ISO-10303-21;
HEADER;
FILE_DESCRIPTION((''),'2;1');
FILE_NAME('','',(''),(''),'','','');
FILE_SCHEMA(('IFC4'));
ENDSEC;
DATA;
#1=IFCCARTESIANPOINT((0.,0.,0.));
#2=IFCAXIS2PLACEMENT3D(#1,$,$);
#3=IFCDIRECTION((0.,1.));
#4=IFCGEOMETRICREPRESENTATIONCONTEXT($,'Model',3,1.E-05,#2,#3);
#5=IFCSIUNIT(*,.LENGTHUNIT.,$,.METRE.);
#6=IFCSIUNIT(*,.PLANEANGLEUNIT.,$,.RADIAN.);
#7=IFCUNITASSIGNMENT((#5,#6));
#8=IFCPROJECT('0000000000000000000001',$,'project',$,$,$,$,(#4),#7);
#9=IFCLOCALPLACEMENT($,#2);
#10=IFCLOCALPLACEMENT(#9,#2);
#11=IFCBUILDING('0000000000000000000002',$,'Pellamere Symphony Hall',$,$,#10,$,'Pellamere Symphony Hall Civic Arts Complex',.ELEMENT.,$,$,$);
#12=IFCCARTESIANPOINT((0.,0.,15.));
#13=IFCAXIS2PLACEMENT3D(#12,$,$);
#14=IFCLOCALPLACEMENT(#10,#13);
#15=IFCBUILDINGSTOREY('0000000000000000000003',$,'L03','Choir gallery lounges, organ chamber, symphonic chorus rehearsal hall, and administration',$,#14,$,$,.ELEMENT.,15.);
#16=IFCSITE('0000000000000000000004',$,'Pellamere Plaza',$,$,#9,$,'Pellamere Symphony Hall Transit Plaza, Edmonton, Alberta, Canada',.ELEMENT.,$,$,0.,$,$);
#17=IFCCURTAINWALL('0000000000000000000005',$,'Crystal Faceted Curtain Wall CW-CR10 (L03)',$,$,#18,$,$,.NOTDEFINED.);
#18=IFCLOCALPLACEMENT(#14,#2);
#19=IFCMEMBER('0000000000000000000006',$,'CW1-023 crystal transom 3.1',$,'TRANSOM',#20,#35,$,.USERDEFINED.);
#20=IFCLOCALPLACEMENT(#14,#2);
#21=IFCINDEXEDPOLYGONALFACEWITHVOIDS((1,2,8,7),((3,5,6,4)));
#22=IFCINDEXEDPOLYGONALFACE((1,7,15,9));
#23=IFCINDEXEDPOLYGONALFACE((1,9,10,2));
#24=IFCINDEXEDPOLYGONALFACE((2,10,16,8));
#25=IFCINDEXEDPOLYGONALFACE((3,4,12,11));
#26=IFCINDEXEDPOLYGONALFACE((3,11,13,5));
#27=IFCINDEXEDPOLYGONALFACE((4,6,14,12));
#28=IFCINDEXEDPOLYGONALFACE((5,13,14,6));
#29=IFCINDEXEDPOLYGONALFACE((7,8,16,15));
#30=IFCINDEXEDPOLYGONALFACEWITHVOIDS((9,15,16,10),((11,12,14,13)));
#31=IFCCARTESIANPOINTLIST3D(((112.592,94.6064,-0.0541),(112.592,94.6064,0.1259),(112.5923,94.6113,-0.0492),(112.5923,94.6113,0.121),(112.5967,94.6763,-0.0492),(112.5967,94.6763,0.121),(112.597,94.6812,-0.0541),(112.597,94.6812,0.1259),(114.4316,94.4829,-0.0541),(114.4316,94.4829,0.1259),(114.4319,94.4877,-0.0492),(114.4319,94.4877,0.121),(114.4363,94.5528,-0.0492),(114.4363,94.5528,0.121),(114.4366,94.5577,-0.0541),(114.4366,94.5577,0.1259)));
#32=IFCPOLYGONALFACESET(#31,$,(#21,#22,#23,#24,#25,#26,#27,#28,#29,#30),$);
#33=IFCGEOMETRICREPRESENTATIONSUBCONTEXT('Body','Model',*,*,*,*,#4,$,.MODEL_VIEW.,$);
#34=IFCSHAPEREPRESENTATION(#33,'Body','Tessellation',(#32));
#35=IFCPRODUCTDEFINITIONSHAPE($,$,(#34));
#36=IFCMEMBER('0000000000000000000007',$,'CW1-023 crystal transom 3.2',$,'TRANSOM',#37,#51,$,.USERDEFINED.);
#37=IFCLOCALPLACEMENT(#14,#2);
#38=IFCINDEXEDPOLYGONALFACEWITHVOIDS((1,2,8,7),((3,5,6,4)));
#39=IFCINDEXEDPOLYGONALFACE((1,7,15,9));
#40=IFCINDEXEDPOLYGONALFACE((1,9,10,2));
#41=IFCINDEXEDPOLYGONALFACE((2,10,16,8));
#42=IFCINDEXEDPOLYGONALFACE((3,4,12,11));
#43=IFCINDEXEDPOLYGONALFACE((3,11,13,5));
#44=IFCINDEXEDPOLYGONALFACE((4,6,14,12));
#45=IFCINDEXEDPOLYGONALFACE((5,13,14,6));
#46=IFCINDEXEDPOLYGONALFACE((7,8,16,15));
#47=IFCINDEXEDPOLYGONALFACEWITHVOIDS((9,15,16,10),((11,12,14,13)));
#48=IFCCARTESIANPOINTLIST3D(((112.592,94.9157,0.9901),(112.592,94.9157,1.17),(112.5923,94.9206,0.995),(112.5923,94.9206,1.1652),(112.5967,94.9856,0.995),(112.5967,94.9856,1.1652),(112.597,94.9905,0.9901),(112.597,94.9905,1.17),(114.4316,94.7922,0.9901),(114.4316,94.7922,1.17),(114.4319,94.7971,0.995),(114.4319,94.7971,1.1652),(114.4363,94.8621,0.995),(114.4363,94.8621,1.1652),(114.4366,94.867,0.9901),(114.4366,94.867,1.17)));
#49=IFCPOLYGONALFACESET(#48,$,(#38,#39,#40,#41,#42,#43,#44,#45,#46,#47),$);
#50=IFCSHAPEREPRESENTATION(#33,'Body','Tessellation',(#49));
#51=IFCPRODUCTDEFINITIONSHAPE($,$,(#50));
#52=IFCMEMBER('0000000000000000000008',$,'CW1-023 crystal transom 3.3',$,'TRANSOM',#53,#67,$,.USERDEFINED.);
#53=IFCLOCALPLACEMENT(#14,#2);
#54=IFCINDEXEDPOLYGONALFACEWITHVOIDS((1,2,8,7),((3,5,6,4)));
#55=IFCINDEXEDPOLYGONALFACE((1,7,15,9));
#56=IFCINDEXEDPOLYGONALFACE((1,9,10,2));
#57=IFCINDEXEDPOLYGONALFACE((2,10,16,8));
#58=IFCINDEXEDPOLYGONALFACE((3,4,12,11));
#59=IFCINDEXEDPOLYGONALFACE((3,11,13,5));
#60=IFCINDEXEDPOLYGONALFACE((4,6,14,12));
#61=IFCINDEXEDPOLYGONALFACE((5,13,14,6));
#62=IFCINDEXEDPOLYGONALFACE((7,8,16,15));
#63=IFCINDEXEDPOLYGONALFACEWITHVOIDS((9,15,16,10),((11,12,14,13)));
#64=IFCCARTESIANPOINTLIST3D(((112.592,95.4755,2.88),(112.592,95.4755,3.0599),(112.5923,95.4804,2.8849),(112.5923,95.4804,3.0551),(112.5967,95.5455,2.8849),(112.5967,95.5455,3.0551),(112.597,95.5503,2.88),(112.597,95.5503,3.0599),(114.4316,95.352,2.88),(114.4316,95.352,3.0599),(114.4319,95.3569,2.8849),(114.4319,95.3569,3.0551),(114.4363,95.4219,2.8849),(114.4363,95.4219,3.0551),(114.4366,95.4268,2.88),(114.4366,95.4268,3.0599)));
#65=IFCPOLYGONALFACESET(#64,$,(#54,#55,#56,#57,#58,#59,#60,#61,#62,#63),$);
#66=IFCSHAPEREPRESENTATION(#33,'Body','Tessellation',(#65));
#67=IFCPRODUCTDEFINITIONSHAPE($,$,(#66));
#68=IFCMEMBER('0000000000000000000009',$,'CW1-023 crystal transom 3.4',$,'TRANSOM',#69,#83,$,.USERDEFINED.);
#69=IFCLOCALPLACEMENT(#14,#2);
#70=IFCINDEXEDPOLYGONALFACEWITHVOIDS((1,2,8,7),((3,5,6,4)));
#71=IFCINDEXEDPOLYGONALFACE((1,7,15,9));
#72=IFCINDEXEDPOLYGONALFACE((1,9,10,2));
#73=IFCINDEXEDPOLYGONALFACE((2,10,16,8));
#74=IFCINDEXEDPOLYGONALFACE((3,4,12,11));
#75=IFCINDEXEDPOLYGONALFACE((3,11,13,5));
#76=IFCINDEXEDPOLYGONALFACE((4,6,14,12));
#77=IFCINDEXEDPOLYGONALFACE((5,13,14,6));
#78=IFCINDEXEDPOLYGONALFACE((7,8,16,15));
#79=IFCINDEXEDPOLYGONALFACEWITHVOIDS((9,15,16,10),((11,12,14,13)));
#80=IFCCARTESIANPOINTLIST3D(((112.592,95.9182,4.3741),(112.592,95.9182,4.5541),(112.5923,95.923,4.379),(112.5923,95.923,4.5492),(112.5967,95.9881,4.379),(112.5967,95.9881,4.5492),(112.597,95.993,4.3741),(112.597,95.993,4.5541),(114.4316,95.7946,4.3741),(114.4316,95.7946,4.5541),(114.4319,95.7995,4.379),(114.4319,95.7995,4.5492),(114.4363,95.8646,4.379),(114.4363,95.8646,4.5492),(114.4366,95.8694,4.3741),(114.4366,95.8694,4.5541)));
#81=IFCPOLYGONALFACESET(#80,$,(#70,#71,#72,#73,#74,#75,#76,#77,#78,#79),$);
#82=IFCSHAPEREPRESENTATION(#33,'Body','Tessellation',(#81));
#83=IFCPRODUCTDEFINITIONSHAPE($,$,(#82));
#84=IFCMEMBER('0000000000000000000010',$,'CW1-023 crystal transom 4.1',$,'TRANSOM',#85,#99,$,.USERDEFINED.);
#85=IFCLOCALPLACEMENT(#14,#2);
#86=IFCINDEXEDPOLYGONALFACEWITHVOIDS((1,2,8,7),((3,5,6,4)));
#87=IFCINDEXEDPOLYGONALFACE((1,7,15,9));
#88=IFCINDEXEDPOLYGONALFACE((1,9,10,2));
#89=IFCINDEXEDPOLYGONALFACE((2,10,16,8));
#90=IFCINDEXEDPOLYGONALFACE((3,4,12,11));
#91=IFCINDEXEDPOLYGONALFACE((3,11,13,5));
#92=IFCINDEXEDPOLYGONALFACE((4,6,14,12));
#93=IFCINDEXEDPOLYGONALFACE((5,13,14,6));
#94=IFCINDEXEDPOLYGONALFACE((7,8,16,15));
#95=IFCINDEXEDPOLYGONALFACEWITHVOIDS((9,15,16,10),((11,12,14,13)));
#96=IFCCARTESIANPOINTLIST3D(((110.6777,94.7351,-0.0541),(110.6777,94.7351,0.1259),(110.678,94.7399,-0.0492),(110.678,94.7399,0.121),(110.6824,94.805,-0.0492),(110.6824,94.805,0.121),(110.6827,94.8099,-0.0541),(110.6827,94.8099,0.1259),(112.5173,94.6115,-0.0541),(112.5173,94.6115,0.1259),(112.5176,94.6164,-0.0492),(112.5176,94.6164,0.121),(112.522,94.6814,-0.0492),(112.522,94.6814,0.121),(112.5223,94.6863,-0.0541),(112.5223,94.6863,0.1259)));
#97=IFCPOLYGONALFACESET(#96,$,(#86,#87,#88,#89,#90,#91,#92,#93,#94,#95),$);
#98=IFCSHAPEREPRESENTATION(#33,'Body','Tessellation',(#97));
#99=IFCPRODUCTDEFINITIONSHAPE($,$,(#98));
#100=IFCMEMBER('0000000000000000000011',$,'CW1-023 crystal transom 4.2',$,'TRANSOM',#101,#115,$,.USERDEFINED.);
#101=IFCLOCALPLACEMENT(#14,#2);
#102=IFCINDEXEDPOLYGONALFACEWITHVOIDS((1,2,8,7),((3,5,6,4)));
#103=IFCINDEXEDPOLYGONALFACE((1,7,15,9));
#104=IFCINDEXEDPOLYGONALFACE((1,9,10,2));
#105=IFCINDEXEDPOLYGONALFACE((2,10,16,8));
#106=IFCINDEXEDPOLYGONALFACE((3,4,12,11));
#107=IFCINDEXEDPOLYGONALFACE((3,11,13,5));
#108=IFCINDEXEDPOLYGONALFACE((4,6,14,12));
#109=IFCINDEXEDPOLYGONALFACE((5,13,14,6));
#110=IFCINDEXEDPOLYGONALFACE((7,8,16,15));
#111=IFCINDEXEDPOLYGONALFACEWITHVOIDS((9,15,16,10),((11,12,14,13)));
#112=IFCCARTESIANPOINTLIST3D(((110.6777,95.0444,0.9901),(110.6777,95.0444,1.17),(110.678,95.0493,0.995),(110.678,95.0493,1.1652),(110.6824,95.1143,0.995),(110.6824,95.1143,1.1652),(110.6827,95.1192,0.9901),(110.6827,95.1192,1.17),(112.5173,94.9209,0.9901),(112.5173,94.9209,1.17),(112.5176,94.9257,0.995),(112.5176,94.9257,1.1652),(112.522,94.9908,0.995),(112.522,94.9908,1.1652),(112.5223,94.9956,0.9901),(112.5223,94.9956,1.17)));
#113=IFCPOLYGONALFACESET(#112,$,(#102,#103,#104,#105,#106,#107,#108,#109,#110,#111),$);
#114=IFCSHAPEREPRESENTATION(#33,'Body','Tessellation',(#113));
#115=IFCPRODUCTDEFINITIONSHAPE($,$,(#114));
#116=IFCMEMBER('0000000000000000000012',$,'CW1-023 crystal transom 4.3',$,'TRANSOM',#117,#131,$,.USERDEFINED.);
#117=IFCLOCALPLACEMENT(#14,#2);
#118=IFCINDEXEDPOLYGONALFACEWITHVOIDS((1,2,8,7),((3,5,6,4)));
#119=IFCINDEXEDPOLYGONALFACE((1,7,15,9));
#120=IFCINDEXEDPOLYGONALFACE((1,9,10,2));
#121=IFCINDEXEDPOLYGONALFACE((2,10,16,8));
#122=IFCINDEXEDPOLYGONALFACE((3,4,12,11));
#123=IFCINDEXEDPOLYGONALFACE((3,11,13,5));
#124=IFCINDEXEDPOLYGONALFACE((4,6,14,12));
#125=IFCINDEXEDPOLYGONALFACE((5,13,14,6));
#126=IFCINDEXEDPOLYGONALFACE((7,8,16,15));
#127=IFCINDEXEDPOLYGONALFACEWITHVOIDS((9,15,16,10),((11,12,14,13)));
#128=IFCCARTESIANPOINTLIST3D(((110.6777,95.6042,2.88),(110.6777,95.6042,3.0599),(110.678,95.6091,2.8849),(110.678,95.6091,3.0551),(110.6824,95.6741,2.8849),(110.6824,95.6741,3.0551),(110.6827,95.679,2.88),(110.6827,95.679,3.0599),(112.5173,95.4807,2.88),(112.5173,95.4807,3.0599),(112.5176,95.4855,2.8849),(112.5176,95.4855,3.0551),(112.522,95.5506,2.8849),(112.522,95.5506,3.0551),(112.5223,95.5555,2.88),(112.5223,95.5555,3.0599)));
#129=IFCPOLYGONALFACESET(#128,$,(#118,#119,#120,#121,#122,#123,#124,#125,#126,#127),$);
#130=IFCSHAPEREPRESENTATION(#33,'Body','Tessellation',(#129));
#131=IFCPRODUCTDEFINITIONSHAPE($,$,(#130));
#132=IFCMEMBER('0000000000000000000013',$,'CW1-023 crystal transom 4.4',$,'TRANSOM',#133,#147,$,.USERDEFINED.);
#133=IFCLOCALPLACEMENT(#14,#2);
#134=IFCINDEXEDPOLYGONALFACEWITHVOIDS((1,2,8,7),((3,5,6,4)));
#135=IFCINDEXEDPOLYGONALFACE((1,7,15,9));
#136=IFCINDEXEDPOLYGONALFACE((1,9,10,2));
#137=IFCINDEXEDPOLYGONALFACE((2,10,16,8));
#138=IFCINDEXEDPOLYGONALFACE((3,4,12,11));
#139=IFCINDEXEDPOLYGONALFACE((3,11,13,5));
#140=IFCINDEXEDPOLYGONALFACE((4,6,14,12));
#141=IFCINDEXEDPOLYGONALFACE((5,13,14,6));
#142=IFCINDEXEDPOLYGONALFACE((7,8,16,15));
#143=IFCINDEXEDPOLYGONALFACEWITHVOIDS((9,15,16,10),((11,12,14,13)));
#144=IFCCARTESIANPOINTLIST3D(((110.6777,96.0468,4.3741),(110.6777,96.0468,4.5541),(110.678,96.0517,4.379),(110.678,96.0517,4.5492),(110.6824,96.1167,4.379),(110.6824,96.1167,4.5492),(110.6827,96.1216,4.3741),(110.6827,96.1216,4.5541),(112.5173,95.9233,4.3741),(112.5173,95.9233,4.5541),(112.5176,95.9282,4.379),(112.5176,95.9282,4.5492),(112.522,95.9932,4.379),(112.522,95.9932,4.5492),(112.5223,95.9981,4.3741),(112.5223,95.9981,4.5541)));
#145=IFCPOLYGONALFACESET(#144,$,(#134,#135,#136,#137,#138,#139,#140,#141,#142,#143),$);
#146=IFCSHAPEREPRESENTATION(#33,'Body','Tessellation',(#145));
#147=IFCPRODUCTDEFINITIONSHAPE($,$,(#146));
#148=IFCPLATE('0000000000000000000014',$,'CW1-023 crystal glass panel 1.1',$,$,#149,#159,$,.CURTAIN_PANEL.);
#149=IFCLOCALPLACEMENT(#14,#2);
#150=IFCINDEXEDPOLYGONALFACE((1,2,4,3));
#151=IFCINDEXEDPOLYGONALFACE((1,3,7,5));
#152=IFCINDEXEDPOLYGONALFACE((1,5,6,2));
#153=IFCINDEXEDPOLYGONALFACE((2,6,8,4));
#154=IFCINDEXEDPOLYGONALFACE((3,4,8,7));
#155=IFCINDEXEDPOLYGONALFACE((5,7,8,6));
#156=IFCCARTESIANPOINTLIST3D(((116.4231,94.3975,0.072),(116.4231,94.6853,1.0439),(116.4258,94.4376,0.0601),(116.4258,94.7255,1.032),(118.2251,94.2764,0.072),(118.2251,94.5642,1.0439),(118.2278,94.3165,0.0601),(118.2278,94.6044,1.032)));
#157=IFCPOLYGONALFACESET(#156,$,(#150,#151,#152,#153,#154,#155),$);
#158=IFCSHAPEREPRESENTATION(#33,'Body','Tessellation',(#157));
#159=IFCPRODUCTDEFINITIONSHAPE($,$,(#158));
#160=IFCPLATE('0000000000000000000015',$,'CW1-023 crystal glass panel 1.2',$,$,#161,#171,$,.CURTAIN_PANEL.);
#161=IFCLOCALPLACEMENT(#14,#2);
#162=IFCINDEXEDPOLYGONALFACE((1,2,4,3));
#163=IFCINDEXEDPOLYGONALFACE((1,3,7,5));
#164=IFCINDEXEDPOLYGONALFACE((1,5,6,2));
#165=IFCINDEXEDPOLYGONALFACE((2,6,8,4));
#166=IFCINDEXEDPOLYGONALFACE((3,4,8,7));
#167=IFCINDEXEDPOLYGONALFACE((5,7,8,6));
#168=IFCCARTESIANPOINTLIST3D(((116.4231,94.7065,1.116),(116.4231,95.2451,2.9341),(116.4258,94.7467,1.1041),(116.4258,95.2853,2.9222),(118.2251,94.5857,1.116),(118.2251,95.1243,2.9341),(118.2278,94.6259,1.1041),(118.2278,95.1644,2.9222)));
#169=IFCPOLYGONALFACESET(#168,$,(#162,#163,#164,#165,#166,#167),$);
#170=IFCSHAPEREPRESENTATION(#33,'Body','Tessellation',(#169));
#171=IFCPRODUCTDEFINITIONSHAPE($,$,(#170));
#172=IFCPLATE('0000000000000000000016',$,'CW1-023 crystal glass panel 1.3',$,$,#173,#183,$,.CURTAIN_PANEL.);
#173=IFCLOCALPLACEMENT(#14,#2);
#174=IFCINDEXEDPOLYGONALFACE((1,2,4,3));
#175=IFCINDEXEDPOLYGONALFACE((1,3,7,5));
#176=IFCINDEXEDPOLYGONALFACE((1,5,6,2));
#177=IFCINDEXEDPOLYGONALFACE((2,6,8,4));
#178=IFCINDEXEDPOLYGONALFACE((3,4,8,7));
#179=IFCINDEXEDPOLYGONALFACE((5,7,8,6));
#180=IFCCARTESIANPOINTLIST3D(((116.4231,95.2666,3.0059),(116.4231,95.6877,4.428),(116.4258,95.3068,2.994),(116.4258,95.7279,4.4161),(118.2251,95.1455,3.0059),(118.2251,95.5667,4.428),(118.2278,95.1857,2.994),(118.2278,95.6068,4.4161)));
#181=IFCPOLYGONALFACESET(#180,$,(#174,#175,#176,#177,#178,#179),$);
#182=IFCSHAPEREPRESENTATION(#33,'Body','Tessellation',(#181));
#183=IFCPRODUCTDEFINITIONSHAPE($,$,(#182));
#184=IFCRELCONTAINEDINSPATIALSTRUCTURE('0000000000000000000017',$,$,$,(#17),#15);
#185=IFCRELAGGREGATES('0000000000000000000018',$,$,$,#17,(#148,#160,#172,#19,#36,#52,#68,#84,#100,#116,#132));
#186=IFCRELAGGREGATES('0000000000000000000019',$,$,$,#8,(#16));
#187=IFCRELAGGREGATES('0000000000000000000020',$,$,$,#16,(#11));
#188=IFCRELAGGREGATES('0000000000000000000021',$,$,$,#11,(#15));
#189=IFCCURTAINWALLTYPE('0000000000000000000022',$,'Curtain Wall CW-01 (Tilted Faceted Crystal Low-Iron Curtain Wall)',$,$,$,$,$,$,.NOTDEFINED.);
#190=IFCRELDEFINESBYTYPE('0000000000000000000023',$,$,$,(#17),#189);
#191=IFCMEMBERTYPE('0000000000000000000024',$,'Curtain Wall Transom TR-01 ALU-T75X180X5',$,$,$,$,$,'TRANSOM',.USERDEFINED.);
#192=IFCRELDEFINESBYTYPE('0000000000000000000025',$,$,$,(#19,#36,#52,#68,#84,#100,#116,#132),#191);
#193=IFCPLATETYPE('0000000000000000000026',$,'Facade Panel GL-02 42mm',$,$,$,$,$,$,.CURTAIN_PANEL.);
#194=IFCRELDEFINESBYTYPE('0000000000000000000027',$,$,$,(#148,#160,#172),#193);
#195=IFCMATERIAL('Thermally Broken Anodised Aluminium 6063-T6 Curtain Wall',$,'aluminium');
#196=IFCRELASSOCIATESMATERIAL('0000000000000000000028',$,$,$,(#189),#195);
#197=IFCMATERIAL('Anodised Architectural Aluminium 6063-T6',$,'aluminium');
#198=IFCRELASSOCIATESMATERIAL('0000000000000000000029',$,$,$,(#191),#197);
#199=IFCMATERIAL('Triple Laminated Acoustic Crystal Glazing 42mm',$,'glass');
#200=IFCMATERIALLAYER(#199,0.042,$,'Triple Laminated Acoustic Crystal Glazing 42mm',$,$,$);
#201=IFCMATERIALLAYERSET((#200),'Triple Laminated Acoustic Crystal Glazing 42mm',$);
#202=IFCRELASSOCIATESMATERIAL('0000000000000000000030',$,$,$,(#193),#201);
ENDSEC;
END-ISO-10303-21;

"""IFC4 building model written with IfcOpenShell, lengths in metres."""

from ifc_helpers import new_model, si_unit, direction, frame, origin, origin_2d, place, context, subcontext, project, spatial, polyline, hollow_rectangle, outline, extrude, material, layer, layer_set, material_profile, profile_set, type_object, element, aggregate, save


model = new_model("IFC4")

# Units and contexts
model_context = context("Model", 3, precision=1e-05, world=origin(), true_north=direction((0.0, 1.0)))
body_context = subcontext(model_context, "Body", "Model", "MODEL_VIEW")
ifc_project = project(units=[si_unit("LENGTHUNIT", "METRE"), si_unit("PLANEANGLEUNIT", "RADIAN")], contexts=[model_context])

# Site, building, storey
site_placement = place(None, origin())
site = spatial("IfcSite", under=ifc_project, at=site_placement, Name="Pellamere Plaza", LongName="Pellamere Symphony Hall Transit Plaza, Edmonton, Alberta, Canada", CompositionType="ELEMENT", RefElevation=0.0)
building_placement = place(site_placement, origin())
building = spatial("IfcBuilding", under=site, at=building_placement, Name="Pellamere Symphony Hall", LongName="Pellamere Symphony Hall Civic Arts Complex", CompositionType="ELEMENT")
storey_placement = place(building_placement, frame((0.0, 0.0, 15.0)))
storey = spatial("IfcBuildingStorey", under=building, at=storey_placement, Name="L03", Description="Choir gallery lounges, organ chamber, symphonic chorus rehearsal hall, and administration", CompositionType="ELEMENT", Elevation=15.0)

# Curtain wall, members, plates
ifc_material_1 = material(Name="Thermally Broken Anodised Aluminium 6063-T6 Curtain Wall", Category="aluminium")
curtain_wall_type = type_object("IfcCurtainWallType", Name="Curtain Wall CW-01 (Tilted Faceted Crystal Low-Iron Curtain Wall)", PredefinedType="NOTDEFINED", material=ifc_material_1)
curtain_wall_placement = place(storey_placement, origin())
curtain_wall = element("IfcCurtainWall", 1, at=curtain_wall_placement, inside=storey, type_object=curtain_wall_type, Name="Crystal Faceted Curtain Wall CW-CR10 (L03)", PredefinedType="NOTDEFINED")
ifc_material_2 = material(Name="Anodised Architectural Aluminium 6063-T6", Category="aluminium")
ifc_material_profile_1 = material_profile(ifc_material_2, hollow_rectangle(XDim=0.075, YDim=0.1799, WallThickness=0.0049, at=origin_2d()), Name="ALU-T75X180X5")
ifc_profile_set_1 = profile_set([ifc_material_profile_1], Name="Anodised Architectural Aluminium 6063-T6")
member_type_1 = type_object("IfcMemberType", Name="Curtain Wall Transom TR-01 ALU-T75X180X5", ElementType="TRANSOM", PredefinedType="USERDEFINED", material=ifc_profile_set_1)
member_1_placement = place(storey_placement, frame((114.4341, 94.5203, 0.0359), z_axis=(-0.997753, 0.067002, 0.0), x_axis=(-0.067002, -0.997753, 0.0)))
member_1 = element("IfcMember", 2, at=member_1_placement, type_object=member_type_1, Name="CW1-023 crystal transom 3.1", ObjectType="TRANSOM", PredefinedType="USERDEFINED", context=body_context, shape_type="SweptSolid", body=[
    extrude(hollow_rectangle(XDim=0.075, YDim=0.1799, WallThickness=0.0049, at=origin_2d()), origin(), (0.0, 0.0, 1.0), 1.8438),
])
member_2_placement = place(storey_placement, frame((114.4341, 94.8296, 1.0801), z_axis=(-0.997753, 0.067002, 0.0), x_axis=(-0.067002, -0.997753, 0.0)))
member_2 = element("IfcMember", 3, at=member_2_placement, type_object=member_type_1, Name="CW1-023 crystal transom 3.2", ObjectType="TRANSOM", PredefinedType="USERDEFINED", context=body_context, shape_type="SweptSolid", body=[
    extrude(hollow_rectangle(XDim=0.075, YDim=0.1799, WallThickness=0.0049, at=origin_2d()), origin(), (0.0, 0.0, 1.0), 1.8438),
])
member_3_placement = place(storey_placement, frame((114.4341, 95.3894, 2.97), z_axis=(-0.997753, 0.067002, 0.0), x_axis=(-0.067002, -0.997753, 0.0)))
member_3 = element("IfcMember", 4, at=member_3_placement, type_object=member_type_1, Name="CW1-023 crystal transom 3.3", ObjectType="TRANSOM", PredefinedType="USERDEFINED", context=body_context, shape_type="SweptSolid", body=[
    extrude(hollow_rectangle(XDim=0.075, YDim=0.1799, WallThickness=0.0049, at=origin_2d()), origin(), (0.0, 0.0, 1.0), 1.8438),
])
member_4_placement = place(storey_placement, frame((114.4341, 95.832, 4.4641), z_axis=(-0.997753, 0.067002, 0.0), x_axis=(-0.067002, -0.997753, 0.0)))
member_4 = element("IfcMember", 5, at=member_4_placement, type_object=member_type_1, Name="CW1-023 crystal transom 3.4", ObjectType="TRANSOM", PredefinedType="USERDEFINED", context=body_context, shape_type="SweptSolid", body=[
    extrude(hollow_rectangle(XDim=0.075, YDim=0.1799, WallThickness=0.0049, at=origin_2d()), origin(), (0.0, 0.0, 1.0), 1.8438),
])
member_5_placement = place(storey_placement, frame((112.5198, 94.6489, 0.0359), z_axis=(-0.997753, 0.067002, 0.0), x_axis=(-0.067002, -0.997753, 0.0)))
member_5 = element("IfcMember", 6, at=member_5_placement, type_object=member_type_1, Name="CW1-023 crystal transom 4.1", ObjectType="TRANSOM", PredefinedType="USERDEFINED", context=body_context, shape_type="SweptSolid", body=[
    extrude(hollow_rectangle(XDim=0.075, YDim=0.1799, WallThickness=0.0049, at=origin_2d()), origin(), (0.0, 0.0, 1.0), 1.8438),
])
member_6_placement = place(storey_placement, frame((112.5198, 94.9583, 1.0801), z_axis=(-0.997753, 0.067002, 0.0), x_axis=(-0.067002, -0.997753, 0.0)))
member_6 = element("IfcMember", 7, at=member_6_placement, type_object=member_type_1, Name="CW1-023 crystal transom 4.2", ObjectType="TRANSOM", PredefinedType="USERDEFINED", context=body_context, shape_type="SweptSolid", body=[
    extrude(hollow_rectangle(XDim=0.075, YDim=0.1799, WallThickness=0.0049, at=origin_2d()), origin(), (0.0, 0.0, 1.0), 1.8438),
])
member_7_placement = place(storey_placement, frame((112.5198, 95.5181, 2.97), z_axis=(-0.997753, 0.067002, 0.0), x_axis=(-0.067002, -0.997753, 0.0)))
member_7 = element("IfcMember", 8, at=member_7_placement, type_object=member_type_1, Name="CW1-023 crystal transom 4.3", ObjectType="TRANSOM", PredefinedType="USERDEFINED", context=body_context, shape_type="SweptSolid", body=[
    extrude(hollow_rectangle(XDim=0.075, YDim=0.1799, WallThickness=0.0049, at=origin_2d()), origin(), (0.0, 0.0, 1.0), 1.8438),
])
member_8_placement = place(storey_placement, frame((112.5198, 95.9607, 4.4641), z_axis=(-0.997753, 0.067002, 0.0), x_axis=(-0.067002, -0.997753, 0.0)))
member_8 = element("IfcMember", 9, at=member_8_placement, type_object=member_type_1, Name="CW1-023 crystal transom 4.4", ObjectType="TRANSOM", PredefinedType="USERDEFINED", context=body_context, shape_type="SweptSolid", body=[
    extrude(hollow_rectangle(XDim=0.075, YDim=0.1799, WallThickness=0.0049, at=origin_2d()), origin(), (0.0, 0.0, 1.0), 1.8438),
])
ifc_material_3 = material(Name="Triple Laminated Acoustic Crystal Glazing 42mm", Category="glass")
ifc_layer_1 = layer(ifc_material_3, 0.042, Name="Triple Laminated Acoustic Crystal Glazing 42mm")
ifc_layer_set_1 = layer_set([ifc_layer_1], Name="Triple Laminated Acoustic Crystal Glazing 42mm")
plate_type = type_object("IfcPlateType", Name="Facade Panel GL-02 42mm", PredefinedType="CURTAIN_PANEL", material=ifc_layer_set_1)
plate_1_placement = place(storey_placement, frame((118.2251, 94.2764, 0.072), z_axis=(-0.0643, -0.95685, 0.283378), x_axis=(-0.99775, 0.067048, 0.0)))
plate_1 = element("IfcPlate", 10, at=plate_1_placement, type_object=plate_type, Name="CW1-023 crystal glass panel 1.1", PredefinedType="CURTAIN_PANEL", context=body_context, shape_type="SweptSolid", body=[
    extrude(outline(polyline([(0.0, 0.0), (1.8061, 0.0), (1.8254, -1.0135), (0.0193, -1.0135), (0.0, 0.0)])), origin(), (0.0, 0.0, -1.0), 0.042),
])
plate_2_placement = place(storey_placement, frame((118.2251, 94.5857, 1.116), z_axis=(-0.06417, -0.95684, 0.283442), x_axis=(-0.997759, 0.066914, 0.0)))
plate_2 = element("IfcPlate", 11, at=plate_2_placement, type_object=plate_type, Name="CW1-023 crystal glass panel 1.2", PredefinedType="CURTAIN_PANEL", context=body_context, shape_type="SweptSolid", body=[
    extrude(outline(polyline([(0.0, 0.0), (1.806, 0.0), (1.8421, -1.8959), (0.036, -1.8959), (0.0, 0.0)])), origin(), (0.0, 0.0, -1.0), 0.042),
])
plate_3_placement = place(storey_placement, frame((118.2251, 95.1455, 3.0059), z_axis=(-0.0643, -0.956855, 0.283361), x_axis=(-0.99775, 0.067048, 0.0)))
plate_3 = element("IfcPlate", 12, at=plate_3_placement, type_object=plate_type, Name="CW1-023 crystal glass panel 1.3", PredefinedType="CURTAIN_PANEL", context=body_context, shape_type="SweptSolid", body=[
    extrude(outline(polyline([(0.0, 0.0), (1.8061, 0.0), (1.8343, -1.4829), (0.0282, -1.4829), (0.0, 0.0)])), origin(), (0.0, 0.0, -1.0), 0.042),
])
aggregate(curtain_wall, [plate_1, plate_2, plate_3, member_1, member_2, member_3, member_4, member_5, member_6, member_7, member_8])

save(model, "model.ifc")
